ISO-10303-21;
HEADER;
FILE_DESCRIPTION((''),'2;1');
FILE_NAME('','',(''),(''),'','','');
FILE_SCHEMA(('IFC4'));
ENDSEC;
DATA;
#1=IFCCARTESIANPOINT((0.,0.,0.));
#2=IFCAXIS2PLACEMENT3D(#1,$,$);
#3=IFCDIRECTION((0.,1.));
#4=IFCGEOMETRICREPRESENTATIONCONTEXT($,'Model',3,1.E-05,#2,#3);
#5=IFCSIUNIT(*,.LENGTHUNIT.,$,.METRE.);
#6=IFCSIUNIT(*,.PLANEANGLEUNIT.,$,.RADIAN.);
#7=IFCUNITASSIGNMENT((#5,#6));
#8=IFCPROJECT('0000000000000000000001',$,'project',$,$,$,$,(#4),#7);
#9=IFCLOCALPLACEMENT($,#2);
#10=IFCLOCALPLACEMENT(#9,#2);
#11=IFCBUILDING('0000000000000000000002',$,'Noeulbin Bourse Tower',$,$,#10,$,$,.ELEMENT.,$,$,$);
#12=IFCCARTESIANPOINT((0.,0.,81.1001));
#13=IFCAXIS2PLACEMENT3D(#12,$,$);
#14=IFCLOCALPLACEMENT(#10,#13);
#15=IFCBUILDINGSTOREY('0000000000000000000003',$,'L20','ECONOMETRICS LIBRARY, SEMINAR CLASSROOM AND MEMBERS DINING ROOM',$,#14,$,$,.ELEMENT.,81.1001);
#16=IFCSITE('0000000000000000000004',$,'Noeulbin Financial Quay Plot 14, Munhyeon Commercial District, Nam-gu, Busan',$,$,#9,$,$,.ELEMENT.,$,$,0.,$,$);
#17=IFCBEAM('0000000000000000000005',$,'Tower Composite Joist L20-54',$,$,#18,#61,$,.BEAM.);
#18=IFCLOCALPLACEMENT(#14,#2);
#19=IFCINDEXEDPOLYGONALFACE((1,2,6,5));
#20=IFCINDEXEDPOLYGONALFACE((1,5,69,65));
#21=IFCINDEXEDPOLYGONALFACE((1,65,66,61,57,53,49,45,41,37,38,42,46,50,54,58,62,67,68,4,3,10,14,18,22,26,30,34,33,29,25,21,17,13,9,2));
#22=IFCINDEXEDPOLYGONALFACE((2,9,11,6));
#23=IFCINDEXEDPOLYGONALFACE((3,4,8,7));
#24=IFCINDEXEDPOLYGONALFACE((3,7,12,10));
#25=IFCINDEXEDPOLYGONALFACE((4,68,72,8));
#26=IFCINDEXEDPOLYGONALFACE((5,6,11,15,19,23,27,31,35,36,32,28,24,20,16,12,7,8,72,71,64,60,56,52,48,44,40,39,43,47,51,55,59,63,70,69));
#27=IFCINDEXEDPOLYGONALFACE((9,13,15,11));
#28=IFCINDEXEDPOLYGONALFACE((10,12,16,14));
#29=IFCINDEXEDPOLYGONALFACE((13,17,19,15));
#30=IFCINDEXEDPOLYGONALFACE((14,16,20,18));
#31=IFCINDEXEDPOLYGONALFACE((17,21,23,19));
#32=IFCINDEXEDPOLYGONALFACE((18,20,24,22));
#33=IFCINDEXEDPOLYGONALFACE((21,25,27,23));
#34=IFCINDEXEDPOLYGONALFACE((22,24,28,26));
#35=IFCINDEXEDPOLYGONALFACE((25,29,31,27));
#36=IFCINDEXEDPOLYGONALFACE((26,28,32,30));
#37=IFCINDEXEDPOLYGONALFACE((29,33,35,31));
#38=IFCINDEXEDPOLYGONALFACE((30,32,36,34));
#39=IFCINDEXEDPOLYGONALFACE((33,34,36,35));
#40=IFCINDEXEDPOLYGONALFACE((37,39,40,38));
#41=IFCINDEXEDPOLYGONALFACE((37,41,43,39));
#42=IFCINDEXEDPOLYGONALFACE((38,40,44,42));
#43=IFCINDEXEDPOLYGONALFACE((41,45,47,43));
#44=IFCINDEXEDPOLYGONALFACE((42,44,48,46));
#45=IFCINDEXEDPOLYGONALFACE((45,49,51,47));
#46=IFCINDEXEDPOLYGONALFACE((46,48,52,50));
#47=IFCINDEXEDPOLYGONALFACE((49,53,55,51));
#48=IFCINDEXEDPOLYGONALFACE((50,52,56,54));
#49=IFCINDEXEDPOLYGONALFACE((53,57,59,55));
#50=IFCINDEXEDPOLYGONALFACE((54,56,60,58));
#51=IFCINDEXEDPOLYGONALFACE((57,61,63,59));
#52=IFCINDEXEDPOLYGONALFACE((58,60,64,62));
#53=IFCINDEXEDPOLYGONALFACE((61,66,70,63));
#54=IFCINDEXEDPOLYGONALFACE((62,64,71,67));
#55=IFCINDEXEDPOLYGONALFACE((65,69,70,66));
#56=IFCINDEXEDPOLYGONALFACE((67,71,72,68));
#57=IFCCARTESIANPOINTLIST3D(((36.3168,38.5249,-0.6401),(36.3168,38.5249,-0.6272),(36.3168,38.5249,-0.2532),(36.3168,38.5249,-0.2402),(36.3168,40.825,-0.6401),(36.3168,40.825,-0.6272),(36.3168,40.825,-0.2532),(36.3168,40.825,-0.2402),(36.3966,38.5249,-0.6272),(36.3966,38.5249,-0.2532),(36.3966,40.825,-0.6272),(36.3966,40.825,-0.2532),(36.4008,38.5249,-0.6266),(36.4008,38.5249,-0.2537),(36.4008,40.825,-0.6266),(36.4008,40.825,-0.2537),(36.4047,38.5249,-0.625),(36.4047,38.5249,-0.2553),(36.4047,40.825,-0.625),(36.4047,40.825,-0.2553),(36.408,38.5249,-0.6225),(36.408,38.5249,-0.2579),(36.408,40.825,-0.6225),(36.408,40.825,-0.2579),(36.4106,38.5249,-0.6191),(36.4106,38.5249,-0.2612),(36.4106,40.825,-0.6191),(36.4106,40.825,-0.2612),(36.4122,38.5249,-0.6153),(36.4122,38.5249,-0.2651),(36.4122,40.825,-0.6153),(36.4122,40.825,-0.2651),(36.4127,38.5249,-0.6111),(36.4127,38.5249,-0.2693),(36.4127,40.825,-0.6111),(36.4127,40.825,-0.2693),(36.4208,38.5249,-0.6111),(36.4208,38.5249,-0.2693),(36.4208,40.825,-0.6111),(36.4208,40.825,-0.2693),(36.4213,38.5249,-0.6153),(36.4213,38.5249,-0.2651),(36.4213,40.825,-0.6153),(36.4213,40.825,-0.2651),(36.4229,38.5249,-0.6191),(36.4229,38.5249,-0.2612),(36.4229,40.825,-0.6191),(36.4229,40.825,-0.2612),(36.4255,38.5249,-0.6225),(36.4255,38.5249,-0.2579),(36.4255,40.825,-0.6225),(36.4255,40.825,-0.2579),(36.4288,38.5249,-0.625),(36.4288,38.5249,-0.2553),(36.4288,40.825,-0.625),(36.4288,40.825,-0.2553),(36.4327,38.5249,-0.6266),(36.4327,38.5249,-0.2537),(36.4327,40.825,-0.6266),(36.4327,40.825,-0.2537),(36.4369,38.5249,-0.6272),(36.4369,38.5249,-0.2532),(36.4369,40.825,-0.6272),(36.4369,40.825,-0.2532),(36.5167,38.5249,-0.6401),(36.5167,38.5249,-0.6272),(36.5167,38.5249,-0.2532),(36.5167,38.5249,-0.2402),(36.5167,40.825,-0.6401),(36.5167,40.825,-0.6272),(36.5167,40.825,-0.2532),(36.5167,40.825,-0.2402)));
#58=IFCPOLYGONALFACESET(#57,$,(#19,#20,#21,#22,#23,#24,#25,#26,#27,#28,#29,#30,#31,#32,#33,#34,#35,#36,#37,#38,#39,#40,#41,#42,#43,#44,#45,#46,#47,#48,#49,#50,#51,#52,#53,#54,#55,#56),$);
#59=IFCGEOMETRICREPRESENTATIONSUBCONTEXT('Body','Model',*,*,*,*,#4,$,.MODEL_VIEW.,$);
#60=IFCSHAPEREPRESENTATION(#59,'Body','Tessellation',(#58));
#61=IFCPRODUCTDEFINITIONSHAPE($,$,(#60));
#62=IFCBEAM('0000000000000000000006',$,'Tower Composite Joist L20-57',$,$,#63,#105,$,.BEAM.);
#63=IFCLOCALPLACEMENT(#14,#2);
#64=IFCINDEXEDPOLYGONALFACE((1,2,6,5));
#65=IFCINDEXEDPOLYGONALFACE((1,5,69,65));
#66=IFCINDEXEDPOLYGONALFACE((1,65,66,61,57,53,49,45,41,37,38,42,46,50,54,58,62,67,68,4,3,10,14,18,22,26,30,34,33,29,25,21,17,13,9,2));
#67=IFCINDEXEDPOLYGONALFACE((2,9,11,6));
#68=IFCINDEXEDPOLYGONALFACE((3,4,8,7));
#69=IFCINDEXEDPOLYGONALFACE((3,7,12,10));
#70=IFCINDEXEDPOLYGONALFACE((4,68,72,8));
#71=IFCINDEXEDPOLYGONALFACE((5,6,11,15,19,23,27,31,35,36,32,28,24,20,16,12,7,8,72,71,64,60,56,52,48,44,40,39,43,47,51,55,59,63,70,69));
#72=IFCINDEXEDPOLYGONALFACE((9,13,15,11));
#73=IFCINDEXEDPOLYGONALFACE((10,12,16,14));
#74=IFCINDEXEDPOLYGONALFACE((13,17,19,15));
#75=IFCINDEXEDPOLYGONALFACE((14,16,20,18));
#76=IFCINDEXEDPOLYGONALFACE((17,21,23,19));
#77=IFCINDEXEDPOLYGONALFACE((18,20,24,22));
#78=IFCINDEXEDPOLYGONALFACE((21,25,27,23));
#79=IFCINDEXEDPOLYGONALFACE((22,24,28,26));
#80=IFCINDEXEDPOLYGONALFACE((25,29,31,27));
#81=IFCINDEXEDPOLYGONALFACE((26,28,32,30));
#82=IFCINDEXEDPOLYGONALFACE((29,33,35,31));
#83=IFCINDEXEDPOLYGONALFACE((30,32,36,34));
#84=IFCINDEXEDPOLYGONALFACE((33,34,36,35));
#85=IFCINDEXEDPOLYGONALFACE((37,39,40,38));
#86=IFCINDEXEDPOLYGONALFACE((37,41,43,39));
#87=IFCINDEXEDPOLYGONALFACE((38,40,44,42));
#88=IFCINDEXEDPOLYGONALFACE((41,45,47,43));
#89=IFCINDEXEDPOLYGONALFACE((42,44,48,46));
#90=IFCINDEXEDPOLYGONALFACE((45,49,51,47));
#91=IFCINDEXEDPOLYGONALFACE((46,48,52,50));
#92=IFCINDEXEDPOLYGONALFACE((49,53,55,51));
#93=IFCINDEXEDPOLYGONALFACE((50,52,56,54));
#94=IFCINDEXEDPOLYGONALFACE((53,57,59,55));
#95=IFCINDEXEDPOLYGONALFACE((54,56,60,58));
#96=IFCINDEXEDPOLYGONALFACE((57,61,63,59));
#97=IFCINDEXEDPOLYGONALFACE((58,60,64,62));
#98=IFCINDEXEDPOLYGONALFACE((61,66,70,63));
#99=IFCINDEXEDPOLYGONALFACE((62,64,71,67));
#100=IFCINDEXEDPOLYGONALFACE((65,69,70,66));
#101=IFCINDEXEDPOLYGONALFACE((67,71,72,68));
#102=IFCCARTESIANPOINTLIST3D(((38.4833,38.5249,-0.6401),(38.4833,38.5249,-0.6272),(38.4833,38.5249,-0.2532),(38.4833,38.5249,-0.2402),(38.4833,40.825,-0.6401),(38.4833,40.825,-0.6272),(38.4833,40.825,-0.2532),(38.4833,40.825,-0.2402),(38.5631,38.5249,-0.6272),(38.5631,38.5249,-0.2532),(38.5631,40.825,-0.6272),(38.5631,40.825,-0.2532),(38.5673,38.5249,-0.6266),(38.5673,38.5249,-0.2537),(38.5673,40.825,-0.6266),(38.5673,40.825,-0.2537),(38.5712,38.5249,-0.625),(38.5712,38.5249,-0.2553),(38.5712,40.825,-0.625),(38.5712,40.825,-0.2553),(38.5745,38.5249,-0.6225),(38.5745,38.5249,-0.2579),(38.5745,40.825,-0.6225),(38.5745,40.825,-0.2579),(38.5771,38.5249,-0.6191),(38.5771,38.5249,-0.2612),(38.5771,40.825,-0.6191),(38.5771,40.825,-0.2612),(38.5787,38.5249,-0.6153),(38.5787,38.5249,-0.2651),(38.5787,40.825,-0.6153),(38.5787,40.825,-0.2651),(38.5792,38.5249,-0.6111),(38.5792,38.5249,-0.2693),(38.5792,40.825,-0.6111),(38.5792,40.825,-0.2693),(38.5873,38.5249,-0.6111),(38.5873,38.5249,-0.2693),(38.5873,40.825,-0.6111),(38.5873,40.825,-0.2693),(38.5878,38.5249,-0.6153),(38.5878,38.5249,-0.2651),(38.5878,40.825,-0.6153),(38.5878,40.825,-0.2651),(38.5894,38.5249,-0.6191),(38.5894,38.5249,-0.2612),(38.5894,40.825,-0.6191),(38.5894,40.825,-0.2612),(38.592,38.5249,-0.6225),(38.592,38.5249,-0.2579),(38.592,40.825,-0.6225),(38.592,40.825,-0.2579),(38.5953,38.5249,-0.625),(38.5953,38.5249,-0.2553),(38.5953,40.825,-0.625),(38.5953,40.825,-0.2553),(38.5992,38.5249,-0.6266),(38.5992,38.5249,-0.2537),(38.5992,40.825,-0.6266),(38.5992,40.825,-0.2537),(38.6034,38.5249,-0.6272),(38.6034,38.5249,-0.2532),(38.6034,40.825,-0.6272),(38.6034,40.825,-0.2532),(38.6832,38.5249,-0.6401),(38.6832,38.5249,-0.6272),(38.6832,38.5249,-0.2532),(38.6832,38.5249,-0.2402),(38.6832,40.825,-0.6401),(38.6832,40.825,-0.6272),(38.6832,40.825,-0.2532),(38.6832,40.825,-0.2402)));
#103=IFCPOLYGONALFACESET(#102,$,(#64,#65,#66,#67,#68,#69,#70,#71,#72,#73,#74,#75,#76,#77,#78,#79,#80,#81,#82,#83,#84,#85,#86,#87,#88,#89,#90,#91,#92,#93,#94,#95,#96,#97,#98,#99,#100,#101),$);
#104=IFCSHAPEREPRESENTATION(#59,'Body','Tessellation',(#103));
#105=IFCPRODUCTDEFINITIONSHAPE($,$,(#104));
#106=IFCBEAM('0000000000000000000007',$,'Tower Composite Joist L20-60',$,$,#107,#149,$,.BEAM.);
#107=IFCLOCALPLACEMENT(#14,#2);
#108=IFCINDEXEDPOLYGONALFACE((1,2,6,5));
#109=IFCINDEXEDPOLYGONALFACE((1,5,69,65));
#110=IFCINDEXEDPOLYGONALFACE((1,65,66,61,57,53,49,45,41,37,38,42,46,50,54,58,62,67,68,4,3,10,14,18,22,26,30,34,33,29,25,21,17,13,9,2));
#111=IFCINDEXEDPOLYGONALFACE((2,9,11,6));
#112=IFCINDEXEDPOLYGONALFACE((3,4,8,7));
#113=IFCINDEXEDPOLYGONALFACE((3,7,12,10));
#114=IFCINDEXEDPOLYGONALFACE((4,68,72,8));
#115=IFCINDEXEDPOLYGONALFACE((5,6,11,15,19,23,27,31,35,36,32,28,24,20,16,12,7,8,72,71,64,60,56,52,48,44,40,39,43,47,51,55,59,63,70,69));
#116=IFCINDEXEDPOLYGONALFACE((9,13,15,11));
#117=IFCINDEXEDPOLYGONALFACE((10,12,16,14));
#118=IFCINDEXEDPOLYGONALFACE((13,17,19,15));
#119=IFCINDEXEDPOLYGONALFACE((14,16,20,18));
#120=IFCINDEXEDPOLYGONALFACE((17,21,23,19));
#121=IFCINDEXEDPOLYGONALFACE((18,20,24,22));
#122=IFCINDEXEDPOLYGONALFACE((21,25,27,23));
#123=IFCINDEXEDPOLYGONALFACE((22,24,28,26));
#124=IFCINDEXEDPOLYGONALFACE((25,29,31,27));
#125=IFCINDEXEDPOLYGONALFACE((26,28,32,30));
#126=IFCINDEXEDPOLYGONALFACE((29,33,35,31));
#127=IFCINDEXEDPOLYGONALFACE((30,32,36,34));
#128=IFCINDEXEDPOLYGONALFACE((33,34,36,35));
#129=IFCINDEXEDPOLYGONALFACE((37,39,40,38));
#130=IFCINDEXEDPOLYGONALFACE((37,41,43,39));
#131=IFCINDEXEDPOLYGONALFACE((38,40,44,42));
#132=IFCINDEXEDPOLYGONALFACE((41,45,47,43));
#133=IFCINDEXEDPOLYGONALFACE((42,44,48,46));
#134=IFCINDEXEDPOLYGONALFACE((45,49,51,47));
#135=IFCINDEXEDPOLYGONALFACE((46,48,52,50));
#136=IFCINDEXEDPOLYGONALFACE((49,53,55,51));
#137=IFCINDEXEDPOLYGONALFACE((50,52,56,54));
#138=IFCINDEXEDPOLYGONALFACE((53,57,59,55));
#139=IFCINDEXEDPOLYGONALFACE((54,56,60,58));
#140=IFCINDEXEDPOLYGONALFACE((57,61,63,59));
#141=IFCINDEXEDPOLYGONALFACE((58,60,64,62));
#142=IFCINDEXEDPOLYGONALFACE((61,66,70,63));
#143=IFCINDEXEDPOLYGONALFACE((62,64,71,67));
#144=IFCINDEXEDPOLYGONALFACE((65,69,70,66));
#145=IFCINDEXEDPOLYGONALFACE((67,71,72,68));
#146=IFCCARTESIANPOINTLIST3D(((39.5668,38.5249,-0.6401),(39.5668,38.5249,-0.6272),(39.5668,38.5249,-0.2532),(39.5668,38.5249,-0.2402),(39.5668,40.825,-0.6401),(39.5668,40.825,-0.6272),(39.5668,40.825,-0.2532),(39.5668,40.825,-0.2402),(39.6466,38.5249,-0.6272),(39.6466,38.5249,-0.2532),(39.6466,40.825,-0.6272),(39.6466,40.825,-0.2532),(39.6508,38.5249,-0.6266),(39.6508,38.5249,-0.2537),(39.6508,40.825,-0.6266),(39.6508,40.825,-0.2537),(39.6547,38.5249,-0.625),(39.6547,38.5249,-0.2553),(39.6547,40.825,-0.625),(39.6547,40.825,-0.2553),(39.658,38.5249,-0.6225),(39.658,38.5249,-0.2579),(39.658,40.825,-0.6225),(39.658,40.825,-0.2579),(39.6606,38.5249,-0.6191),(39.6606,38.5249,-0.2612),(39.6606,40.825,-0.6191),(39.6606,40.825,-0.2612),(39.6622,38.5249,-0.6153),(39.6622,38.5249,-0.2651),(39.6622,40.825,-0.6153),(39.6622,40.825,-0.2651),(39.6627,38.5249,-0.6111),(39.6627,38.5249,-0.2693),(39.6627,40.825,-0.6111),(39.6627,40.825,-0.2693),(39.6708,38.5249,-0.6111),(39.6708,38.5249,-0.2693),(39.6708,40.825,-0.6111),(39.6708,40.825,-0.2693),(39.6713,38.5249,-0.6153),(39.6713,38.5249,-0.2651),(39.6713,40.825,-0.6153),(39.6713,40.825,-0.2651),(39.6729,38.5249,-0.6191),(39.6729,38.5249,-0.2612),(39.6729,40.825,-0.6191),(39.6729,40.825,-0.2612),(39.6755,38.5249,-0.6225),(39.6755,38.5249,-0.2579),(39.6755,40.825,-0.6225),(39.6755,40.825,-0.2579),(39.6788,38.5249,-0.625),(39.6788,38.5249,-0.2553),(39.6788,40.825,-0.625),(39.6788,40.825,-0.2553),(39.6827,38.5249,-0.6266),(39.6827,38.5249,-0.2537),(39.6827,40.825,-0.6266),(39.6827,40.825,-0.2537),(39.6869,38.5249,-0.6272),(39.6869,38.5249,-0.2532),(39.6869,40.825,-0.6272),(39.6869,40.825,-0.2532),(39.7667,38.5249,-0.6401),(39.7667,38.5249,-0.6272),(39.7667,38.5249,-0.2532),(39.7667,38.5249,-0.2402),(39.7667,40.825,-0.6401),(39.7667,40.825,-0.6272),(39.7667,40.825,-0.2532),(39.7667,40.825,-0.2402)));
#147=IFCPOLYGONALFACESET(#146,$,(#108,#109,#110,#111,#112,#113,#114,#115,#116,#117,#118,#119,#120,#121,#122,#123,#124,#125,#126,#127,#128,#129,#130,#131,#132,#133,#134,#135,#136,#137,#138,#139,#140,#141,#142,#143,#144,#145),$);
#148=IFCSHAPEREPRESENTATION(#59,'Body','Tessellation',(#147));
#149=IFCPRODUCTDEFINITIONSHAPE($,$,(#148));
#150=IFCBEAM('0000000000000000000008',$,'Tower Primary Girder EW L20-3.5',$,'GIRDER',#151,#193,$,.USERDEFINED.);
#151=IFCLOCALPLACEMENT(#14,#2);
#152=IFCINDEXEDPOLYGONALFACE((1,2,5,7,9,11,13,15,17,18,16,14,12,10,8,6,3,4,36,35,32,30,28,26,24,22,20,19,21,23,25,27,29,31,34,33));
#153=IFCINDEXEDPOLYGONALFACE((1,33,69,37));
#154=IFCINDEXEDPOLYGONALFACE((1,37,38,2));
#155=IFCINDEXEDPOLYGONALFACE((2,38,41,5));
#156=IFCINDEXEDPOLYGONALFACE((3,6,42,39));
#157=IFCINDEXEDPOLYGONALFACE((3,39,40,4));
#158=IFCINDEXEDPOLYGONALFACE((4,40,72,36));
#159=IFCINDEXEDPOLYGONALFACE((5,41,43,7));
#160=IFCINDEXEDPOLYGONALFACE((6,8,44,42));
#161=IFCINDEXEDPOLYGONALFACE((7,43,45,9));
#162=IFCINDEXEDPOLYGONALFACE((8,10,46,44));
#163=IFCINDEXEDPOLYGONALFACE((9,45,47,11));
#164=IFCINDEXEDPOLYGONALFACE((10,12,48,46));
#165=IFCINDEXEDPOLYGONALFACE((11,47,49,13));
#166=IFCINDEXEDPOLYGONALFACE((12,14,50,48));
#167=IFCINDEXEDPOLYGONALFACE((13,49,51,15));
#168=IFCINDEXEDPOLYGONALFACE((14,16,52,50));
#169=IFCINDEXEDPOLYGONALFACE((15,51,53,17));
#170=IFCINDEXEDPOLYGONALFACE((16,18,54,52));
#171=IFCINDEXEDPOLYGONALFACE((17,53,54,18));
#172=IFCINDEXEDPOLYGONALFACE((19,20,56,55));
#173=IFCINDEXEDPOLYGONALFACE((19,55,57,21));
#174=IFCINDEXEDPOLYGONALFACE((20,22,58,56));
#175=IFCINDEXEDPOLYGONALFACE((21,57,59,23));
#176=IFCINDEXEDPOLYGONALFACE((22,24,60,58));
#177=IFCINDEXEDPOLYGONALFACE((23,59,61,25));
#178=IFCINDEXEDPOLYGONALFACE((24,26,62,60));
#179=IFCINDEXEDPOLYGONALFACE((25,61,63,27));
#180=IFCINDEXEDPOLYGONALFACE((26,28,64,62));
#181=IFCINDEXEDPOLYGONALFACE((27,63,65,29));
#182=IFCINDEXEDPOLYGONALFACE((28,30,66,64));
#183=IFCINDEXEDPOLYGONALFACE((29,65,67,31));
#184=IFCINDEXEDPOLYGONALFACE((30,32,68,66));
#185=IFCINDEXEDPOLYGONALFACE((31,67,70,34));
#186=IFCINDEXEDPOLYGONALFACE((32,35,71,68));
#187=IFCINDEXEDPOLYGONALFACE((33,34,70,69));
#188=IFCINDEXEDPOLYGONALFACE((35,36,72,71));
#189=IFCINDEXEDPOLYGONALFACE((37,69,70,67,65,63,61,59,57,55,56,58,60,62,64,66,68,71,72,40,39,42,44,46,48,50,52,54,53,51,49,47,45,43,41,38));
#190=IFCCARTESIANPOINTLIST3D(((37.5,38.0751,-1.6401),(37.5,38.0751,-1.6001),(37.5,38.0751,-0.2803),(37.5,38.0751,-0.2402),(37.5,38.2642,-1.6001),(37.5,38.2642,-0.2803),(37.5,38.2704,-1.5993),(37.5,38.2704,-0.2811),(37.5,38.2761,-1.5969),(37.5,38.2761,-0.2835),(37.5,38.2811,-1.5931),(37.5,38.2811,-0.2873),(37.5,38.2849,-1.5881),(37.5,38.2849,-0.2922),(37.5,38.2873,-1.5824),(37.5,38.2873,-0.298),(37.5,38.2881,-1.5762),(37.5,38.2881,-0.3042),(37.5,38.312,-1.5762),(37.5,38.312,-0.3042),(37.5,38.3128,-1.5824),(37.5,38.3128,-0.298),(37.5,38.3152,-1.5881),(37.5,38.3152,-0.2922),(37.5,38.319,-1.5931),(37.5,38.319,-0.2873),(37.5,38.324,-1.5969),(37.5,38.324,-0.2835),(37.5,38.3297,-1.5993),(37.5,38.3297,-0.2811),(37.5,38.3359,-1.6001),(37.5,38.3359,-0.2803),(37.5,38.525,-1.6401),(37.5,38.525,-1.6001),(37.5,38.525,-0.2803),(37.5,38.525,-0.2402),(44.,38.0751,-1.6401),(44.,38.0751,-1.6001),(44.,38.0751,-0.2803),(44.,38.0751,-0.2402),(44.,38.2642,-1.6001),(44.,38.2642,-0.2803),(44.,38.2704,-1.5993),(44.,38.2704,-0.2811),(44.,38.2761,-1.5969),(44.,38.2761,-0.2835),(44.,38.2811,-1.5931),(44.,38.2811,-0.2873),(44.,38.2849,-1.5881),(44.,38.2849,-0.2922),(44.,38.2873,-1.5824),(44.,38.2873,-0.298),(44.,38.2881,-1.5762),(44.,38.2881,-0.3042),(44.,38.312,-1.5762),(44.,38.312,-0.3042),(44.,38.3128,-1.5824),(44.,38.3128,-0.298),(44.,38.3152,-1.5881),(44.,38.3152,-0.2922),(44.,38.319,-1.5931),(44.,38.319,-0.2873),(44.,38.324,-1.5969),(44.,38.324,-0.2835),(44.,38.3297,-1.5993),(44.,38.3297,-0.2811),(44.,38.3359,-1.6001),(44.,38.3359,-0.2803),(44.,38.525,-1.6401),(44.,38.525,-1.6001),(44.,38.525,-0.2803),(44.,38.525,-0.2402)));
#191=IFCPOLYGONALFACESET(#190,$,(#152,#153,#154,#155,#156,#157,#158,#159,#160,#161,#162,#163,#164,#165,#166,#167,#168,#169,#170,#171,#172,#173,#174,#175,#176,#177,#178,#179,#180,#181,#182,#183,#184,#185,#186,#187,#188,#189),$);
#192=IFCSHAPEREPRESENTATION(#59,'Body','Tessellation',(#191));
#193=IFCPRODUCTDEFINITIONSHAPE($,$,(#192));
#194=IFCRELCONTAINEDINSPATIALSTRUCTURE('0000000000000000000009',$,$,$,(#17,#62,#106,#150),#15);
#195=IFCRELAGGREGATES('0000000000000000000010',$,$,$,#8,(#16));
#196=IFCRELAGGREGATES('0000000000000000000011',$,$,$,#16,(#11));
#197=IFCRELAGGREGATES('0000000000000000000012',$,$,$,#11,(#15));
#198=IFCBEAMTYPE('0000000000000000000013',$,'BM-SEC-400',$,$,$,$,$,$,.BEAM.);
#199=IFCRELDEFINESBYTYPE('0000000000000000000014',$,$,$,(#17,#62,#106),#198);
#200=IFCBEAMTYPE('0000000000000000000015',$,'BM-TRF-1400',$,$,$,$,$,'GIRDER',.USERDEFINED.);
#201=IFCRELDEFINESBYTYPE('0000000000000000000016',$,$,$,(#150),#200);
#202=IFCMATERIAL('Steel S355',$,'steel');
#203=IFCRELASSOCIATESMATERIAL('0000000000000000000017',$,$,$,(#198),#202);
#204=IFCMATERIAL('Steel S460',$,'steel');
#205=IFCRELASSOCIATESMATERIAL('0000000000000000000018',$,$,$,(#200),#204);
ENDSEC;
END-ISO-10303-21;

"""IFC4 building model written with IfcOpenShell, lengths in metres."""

from ifc_helpers import new_model, si_unit, direction, frame, origin, origin_2d, place, context, subcontext, project, spatial, i_section, extrude, material, material_profile, profile_set, type_object, element, save


model = new_model("IFC4")

# Units and contexts
model_context = context("Model", 3, precision=1e-05, world=origin(), true_north=direction((0.0, 1.0)))
body_context = subcontext(model_context, "Body", "Model", "MODEL_VIEW")
ifc_project = project(units=[si_unit("LENGTHUNIT", "METRE"), si_unit("PLANEANGLEUNIT", "RADIAN")], contexts=[model_context])

# Site, building, storey
site_placement = place(None, origin())
site = spatial("IfcSite", under=ifc_project, at=site_placement, Name="Noeulbin Financial Quay Plot 14, Munhyeon Commercial District, Nam-gu, Busan", CompositionType="ELEMENT", RefElevation=0.0)
building_placement = place(site_placement, origin())
building = spatial("IfcBuilding", under=site, at=building_placement, Name="Noeulbin Bourse Tower", CompositionType="ELEMENT")
storey_placement = place(building_placement, frame((0.0, 0.0, 81.1001)))
storey = spatial("IfcBuildingStorey", under=building, at=storey_placement, Name="L20", Description="ECONOMETRICS LIBRARY, SEMINAR CLASSROOM AND MEMBERS DINING ROOM", CompositionType="ELEMENT", Elevation=81.1001)

# Shared definitions
ifc_material_1 = material(Name="Steel S460", Category="steel")

# Beams
ifc_material_2 = material(Name="Steel S355", Category="steel")
ifc_material_profile_1 = material_profile(ifc_material_2, i_section(OverallWidth=0.2, OverallDepth=0.3999, WebThickness=0.0081, FlangeThickness=0.0129, FilletRadius=0.0161, at=origin_2d()), Name="H-400x200x8x13", Category="LoadBearing")
ifc_profile_set_1 = profile_set([ifc_material_profile_1], Name="Steel S355")
beam_type_1 = type_object("IfcBeamType", Name="BM-SEC-400", PredefinedType="BEAM", material=ifc_profile_set_1)
for number, where, z_axis, x_axis, name in (
    (1, (36.4167, 38.5249, -0.4402), (0.0, 1.0, 0.0), (-1.0, 0.0, 0.0), "Tower Composite Joist L20-54"),
    (2, (38.5833, 38.5249, -0.4402), (0.0, 1.0, 0.0), (-1.0, 0.0, 0.0), "Tower Composite Joist L20-57"),
    (3, (39.6667, 38.5249, -0.4402), (0.0, 1.0, 0.0), (-1.0, 0.0, 0.0), "Tower Composite Joist L20-60"),
):
    element("IfcBeam", number, at=place(storey_placement, frame(where, z_axis=z_axis, x_axis=x_axis)), inside=storey, type_object=beam_type_1, Name=name, PredefinedType="BEAM", context=body_context, shape_type="SweptSolid", body=[
        extrude(i_section(OverallWidth=0.2, OverallDepth=0.3999, WebThickness=0.0081, FlangeThickness=0.0129, FilletRadius=0.0161, at=origin_2d()), origin(), (0.0, 0.0, 1.0), 2.3),
    ])
ifc_material_profile_2 = material_profile(ifc_material_1, i_section(OverallWidth=0.45, OverallDepth=1.3999, WebThickness=0.0239, FlangeThickness=0.04, FilletRadius=0.0239, at=origin_2d()), Name="PG-1400x450x24x40", Category="LoadBearing")
ifc_profile_set_2 = profile_set([ifc_material_profile_2], Name="Steel S460")
beam_type_2 = type_object("IfcBeamType", Name="BM-TRF-1400", ElementType="GIRDER", PredefinedType="USERDEFINED", material=ifc_profile_set_2)
beam_1_placement = place(storey_placement, frame((37.5, 38.3, -0.9402), z_axis=(1.0, 0.0, 0.0), x_axis=(0.0, 1.0, 0.0)))
element("IfcBeam", 4, at=beam_1_placement, inside=storey, type_object=beam_type_2, Name="Tower Primary Girder EW L20-3.5", ObjectType="GIRDER", PredefinedType="USERDEFINED", context=body_context, shape_type="SweptSolid", body=[
    extrude(i_section(OverallWidth=0.45, OverallDepth=1.3999, WebThickness=0.0239, FlangeThickness=0.04, FilletRadius=0.0239, at=origin_2d()), origin(), (0.0, 0.0, 1.0), 6.5),
])

save(model, "model.ifc")
